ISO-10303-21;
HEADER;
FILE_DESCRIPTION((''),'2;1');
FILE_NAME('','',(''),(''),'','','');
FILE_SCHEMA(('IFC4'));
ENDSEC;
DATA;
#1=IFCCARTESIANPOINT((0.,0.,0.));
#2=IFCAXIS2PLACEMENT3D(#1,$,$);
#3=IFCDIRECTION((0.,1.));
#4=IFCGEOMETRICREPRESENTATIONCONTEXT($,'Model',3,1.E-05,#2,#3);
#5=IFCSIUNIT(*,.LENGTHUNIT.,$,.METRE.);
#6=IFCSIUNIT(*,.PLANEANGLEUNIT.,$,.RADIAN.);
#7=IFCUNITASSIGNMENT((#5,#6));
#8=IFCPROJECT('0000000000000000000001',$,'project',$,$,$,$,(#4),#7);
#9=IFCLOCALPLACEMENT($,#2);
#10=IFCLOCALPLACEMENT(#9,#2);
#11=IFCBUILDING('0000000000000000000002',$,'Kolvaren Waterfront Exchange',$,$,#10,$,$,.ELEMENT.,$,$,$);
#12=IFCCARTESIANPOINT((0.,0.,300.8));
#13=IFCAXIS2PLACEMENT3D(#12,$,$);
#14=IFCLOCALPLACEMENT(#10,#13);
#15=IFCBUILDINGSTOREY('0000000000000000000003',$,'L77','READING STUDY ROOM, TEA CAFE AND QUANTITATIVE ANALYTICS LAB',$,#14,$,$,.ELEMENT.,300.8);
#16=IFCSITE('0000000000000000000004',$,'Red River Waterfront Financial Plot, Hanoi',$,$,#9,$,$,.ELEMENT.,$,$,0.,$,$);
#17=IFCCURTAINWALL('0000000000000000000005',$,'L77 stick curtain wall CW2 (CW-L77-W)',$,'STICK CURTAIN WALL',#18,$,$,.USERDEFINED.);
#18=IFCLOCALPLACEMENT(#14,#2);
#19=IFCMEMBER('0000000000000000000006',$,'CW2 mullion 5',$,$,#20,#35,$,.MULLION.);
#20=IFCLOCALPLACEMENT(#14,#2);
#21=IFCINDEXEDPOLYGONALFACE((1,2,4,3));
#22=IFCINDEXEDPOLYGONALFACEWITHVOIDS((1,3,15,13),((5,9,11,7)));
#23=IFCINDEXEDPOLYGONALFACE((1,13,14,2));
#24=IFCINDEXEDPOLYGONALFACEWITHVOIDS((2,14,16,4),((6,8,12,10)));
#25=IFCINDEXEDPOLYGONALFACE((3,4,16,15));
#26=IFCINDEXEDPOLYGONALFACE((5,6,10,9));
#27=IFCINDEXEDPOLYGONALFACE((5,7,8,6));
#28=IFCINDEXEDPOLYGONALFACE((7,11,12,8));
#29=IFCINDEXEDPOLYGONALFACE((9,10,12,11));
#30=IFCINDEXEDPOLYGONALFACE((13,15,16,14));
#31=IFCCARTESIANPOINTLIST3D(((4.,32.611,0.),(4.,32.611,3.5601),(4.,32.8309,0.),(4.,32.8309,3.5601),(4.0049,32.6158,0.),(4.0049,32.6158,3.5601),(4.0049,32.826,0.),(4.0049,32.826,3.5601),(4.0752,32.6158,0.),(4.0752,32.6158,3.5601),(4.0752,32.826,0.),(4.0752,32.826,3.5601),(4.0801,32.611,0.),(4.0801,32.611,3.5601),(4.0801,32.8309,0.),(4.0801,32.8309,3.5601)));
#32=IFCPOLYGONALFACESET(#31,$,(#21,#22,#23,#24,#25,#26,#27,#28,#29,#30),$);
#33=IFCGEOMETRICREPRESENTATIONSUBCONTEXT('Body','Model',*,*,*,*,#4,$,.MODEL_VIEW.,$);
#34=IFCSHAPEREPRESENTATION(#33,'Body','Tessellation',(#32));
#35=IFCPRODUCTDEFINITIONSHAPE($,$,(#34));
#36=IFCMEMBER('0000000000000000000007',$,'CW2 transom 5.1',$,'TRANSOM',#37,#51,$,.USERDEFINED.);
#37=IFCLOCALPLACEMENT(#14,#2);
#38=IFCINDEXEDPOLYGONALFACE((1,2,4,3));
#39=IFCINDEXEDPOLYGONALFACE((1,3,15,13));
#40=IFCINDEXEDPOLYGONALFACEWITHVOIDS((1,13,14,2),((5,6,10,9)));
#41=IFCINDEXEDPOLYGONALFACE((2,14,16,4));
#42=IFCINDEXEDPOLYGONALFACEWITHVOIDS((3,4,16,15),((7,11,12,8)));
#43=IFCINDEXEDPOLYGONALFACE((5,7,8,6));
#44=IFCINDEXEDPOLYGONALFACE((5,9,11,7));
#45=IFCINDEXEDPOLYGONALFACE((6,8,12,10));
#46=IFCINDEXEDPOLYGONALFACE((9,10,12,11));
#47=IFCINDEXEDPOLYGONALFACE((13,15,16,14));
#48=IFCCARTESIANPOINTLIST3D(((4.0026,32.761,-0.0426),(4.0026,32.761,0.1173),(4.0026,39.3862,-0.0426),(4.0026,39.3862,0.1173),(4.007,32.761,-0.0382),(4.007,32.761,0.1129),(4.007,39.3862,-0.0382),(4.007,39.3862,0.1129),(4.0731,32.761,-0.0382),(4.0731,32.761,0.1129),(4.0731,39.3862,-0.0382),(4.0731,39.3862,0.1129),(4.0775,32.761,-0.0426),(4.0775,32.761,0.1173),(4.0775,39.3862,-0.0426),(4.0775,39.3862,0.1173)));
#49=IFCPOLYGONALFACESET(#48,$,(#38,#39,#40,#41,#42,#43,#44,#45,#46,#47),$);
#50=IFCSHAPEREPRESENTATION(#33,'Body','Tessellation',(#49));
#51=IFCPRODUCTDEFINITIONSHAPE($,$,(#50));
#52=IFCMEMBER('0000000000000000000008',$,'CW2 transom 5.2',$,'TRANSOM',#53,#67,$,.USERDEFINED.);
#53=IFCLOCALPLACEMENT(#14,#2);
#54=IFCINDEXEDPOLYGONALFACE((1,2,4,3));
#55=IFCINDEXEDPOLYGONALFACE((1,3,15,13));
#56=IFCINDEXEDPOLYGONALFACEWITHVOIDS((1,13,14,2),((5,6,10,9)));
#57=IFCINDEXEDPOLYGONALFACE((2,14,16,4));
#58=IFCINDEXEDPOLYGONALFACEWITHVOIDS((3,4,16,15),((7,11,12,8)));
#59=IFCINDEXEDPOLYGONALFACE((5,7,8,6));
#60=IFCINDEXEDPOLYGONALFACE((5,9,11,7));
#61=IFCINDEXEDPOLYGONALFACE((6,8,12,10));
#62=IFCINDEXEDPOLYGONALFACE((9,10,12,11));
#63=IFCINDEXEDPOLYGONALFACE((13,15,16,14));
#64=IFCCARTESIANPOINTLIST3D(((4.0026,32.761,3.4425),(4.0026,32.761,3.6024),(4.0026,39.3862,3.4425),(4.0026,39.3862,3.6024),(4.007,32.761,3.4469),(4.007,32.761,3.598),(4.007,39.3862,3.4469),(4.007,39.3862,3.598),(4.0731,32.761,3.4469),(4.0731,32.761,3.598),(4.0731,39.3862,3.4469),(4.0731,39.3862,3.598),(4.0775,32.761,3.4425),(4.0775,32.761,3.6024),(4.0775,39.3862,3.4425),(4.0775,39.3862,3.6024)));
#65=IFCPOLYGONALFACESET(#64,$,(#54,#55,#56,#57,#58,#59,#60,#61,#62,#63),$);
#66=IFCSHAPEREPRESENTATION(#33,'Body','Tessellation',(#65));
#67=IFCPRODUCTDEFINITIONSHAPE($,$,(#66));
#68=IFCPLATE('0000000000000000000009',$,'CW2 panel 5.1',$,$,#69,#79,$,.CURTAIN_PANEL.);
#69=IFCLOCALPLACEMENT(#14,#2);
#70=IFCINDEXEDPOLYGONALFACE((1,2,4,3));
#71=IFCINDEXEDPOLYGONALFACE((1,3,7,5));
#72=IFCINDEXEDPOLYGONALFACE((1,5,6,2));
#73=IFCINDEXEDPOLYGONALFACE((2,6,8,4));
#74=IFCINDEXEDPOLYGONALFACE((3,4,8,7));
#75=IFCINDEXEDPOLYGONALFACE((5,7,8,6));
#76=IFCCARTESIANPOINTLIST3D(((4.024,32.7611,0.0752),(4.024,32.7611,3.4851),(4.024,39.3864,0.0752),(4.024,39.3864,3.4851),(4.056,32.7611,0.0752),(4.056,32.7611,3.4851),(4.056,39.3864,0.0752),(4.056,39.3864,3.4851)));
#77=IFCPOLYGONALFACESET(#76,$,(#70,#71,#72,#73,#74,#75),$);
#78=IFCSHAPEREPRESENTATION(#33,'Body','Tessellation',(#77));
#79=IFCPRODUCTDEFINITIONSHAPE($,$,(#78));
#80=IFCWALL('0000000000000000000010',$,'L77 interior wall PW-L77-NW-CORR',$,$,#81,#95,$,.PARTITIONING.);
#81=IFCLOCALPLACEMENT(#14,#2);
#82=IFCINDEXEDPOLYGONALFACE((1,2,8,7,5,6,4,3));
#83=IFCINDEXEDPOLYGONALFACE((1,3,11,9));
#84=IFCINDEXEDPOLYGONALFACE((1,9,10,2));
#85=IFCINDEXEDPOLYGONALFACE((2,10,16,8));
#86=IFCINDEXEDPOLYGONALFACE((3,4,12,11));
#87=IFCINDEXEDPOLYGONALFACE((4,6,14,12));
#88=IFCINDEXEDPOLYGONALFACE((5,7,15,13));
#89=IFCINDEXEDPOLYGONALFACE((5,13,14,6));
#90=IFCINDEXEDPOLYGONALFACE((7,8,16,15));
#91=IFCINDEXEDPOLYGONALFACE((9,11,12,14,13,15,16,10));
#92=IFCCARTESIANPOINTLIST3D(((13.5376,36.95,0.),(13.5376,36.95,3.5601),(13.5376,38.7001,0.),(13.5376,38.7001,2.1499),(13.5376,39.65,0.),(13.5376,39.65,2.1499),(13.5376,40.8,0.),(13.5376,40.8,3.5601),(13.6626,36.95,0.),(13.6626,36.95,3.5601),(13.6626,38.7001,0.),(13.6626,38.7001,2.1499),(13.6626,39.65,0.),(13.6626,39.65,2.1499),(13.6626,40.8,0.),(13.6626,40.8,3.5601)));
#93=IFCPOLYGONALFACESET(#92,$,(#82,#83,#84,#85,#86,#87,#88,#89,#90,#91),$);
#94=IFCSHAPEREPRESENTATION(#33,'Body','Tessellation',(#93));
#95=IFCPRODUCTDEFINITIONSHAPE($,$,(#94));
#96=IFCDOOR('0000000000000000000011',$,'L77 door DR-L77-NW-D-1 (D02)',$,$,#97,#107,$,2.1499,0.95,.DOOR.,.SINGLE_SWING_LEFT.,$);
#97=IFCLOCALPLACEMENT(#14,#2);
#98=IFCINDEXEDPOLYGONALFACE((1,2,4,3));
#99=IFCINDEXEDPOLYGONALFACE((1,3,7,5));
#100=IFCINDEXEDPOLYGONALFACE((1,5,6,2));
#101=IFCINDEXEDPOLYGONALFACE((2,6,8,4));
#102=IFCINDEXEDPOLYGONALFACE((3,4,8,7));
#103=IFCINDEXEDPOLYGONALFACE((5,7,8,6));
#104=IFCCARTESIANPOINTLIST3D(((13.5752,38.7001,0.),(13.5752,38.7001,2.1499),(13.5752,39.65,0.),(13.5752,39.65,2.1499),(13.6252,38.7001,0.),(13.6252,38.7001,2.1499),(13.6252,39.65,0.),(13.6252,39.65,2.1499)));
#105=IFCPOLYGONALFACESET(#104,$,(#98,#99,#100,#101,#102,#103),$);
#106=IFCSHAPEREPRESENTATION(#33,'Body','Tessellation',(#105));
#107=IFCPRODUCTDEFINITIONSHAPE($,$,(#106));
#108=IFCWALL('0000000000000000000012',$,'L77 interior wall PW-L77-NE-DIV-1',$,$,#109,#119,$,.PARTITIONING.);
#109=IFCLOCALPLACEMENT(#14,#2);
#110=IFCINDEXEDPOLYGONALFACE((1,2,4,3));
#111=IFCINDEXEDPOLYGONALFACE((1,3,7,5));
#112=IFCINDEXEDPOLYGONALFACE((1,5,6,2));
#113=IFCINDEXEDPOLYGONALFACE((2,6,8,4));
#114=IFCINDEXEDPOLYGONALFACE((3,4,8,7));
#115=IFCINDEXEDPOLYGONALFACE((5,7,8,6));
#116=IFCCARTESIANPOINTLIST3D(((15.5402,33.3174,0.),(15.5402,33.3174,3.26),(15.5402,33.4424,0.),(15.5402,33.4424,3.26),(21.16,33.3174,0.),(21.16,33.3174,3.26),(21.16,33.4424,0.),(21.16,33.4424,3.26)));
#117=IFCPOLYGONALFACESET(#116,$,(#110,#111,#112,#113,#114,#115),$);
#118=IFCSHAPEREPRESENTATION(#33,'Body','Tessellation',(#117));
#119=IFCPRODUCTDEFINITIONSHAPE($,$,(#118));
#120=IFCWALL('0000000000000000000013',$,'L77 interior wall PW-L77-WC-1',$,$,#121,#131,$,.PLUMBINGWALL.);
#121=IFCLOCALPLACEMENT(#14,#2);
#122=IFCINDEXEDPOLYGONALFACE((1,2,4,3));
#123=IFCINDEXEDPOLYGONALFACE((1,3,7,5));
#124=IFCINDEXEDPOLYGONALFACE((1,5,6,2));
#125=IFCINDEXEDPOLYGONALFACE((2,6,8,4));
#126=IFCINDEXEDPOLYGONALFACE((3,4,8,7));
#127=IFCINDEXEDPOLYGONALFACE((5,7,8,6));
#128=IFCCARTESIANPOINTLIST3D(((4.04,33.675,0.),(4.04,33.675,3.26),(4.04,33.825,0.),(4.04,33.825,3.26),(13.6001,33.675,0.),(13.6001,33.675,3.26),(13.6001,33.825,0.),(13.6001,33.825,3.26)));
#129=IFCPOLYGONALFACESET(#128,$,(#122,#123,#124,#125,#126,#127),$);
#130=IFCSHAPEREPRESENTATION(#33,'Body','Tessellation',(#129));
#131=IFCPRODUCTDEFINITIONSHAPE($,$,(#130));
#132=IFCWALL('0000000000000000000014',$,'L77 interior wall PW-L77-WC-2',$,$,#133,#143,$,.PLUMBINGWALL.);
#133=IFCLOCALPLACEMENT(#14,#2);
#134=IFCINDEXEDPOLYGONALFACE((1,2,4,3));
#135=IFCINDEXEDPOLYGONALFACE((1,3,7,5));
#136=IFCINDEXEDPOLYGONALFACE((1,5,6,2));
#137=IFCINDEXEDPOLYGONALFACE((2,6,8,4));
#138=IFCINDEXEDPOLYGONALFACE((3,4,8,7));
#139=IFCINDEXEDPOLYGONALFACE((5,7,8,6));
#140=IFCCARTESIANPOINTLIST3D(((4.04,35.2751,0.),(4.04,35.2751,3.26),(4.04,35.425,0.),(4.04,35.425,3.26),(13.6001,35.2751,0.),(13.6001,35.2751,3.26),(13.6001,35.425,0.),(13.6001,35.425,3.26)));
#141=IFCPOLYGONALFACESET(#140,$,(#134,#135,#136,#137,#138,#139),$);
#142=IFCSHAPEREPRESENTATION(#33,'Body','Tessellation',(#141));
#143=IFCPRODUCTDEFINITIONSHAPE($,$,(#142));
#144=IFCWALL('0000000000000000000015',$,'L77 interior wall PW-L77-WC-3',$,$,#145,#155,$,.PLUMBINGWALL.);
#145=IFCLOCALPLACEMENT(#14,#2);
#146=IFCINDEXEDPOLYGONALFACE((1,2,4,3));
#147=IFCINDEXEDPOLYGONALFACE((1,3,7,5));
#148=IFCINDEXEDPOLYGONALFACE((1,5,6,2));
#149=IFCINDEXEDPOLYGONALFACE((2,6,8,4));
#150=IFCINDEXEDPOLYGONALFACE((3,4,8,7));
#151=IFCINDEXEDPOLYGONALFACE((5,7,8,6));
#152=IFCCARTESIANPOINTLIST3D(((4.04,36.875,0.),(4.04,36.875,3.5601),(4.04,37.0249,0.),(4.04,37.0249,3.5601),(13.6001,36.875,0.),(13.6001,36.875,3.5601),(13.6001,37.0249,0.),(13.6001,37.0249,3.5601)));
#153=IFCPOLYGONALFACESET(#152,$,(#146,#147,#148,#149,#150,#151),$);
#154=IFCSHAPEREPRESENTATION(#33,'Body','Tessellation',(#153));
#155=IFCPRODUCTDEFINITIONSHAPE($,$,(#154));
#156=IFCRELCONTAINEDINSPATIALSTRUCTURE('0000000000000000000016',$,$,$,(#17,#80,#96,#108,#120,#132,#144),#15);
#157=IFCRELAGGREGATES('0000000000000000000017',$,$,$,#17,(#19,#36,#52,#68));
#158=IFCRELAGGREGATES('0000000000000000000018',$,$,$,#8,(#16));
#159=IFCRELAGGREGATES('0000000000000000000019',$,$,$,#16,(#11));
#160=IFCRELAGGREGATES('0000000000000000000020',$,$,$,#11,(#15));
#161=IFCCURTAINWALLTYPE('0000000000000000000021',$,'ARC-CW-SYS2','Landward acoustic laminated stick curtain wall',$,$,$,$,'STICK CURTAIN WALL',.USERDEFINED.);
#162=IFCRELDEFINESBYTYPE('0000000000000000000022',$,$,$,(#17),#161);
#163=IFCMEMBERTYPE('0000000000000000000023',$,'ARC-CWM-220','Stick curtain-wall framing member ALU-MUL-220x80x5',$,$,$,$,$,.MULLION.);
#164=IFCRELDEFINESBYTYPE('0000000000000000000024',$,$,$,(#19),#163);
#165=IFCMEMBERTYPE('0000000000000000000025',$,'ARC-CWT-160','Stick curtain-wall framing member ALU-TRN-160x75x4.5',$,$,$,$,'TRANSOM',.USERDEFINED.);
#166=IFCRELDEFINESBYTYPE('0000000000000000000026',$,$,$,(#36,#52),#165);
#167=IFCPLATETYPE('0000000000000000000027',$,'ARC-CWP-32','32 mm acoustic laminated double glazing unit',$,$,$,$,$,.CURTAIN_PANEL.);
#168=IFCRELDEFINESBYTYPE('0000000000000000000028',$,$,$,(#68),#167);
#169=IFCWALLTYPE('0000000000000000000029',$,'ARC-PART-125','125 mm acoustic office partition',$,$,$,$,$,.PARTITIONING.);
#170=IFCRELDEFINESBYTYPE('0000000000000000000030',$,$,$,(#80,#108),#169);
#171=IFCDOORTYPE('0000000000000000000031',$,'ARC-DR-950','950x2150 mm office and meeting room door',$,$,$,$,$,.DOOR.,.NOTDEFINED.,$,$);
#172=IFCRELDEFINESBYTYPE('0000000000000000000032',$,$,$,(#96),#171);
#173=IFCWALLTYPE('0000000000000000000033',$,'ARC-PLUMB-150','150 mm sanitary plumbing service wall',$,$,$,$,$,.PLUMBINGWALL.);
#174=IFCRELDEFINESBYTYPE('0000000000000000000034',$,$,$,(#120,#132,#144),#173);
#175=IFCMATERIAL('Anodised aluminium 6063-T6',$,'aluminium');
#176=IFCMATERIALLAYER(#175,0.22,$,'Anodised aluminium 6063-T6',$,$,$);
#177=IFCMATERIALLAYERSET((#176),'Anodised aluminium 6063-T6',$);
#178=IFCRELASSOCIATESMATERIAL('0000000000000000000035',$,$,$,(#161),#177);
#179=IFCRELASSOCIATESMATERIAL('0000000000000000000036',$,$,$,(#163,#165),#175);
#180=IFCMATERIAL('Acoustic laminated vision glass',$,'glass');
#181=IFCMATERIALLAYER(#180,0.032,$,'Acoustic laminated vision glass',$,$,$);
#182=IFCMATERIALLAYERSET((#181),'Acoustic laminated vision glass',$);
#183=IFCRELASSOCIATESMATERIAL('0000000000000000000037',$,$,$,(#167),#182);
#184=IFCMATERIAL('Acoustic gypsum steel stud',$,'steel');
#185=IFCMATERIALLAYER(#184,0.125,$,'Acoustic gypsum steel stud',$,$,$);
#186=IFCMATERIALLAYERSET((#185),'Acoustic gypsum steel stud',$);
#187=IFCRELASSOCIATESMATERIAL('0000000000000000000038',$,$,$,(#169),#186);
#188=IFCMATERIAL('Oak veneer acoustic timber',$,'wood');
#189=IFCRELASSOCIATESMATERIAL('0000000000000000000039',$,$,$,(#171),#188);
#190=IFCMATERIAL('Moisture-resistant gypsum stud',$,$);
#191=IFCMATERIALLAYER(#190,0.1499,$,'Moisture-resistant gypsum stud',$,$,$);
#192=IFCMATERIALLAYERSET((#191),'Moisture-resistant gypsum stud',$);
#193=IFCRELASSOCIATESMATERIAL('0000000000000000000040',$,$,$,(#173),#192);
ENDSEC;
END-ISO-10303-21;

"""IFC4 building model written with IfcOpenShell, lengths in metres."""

from ifc_helpers import new_model, si_unit, direction, frame, frame_2d, origin, origin_with_axes, origin_2d, place, context, subcontext, project, spatial, rectangle, hollow_rectangle, extrude, source, transform, mapped, material, layer, layer_set, material_profile, profile_set, type_object, element, fill, aggregate, save


model = new_model("IFC4")

# Units and contexts
model_context = context("Model", 3, precision=1e-05, world=origin(), true_north=direction((0.0, 1.0)))
body_context = subcontext(model_context, "Body", "Model", "MODEL_VIEW")
ifc_project = project(units=[si_unit("LENGTHUNIT", "METRE"), si_unit("PLANEANGLEUNIT", "RADIAN")], contexts=[model_context])

# Site, building, storey
site_placement = place(None, origin())
site = spatial("IfcSite", under=ifc_project, at=site_placement, Name="Red River Waterfront Financial Plot, Hanoi", CompositionType="ELEMENT", RefElevation=0.0)
building_placement = place(site_placement, origin())
building = spatial("IfcBuilding", under=site, at=building_placement, Name="Kolvaren Waterfront Exchange", CompositionType="ELEMENT")
storey_placement = place(building_placement, frame((0.0, 0.0, 300.8)))
storey = spatial("IfcBuildingStorey", under=building, at=storey_placement, Name="L77", Description="READING STUDY ROOM, TEA CAFE AND QUANTITATIVE ANALYTICS LAB", CompositionType="ELEMENT", Elevation=300.8)

# Curtain wall, members, plate
ifc_material_1 = material(Name="Anodised aluminium 6063-T6", Category="aluminium")
ifc_layer_1 = layer(ifc_material_1, 0.22, Name="Anodised aluminium 6063-T6")
ifc_layer_set_1 = layer_set([ifc_layer_1], Name="Anodised aluminium 6063-T6")
curtain_wall_type = type_object("IfcCurtainWallType", Name="ARC-CW-SYS2", Description="Landward acoustic laminated stick curtain wall", ElementType="STICK CURTAIN WALL", PredefinedType="USERDEFINED", material=ifc_layer_set_1)
curtain_wall_placement = place(storey_placement, origin())
curtain_wall = element("IfcCurtainWall", 1, at=curtain_wall_placement, inside=storey, type_object=curtain_wall_type, Name="L77 stick curtain wall CW2 (CW-L77-W)", ObjectType="STICK CURTAIN WALL", PredefinedType="USERDEFINED")
ifc_material_profile_1 = material_profile(ifc_material_1, hollow_rectangle(XDim=0.0801, YDim=0.22, WallThickness=0.0049, at=origin_2d()), Name="ALU-MUL-220x80x5")
ifc_profile_set_1 = profile_set([ifc_material_profile_1], Name="Anodised aluminium 6063-T6")
member_type_1 = type_object("IfcMemberType", Name="ARC-CWM-220", Description="Stick curtain-wall framing member ALU-MUL-220x80x5", PredefinedType="MULLION", material=ifc_profile_set_1)
shared_shape_1 = source(origin_with_axes(), body_context, "Body", "SweptSolid", [
    extrude(hollow_rectangle(XDim=0.0801, YDim=0.22, WallThickness=0.0049, at=origin_2d()), origin(), (0.0, 0.0, 1.0), 3.5601),
])
member_1_placement = place(storey_placement, frame((4.04, 32.7209, 0.0), z_axis=(0.0, 0.0, 1.0), x_axis=(-1.0, 0.0, 0.0)))
member_1 = element("IfcMember", 2, at=member_1_placement, type_object=member_type_1, Name="CW2 mullion 5", PredefinedType="MULLION", context=body_context, shape_type="MappedRepresentation", body=[
    mapped(shared_shape_1, transform((0.0, 0.0, 0.0), x_axis=(1.0, 0.0, 0.0), y_axis=(0.0, 1.0, 0.0), z_axis=(0.0, 0.0, 1.0), scale=1.0)),
])
ifc_material_profile_2 = material_profile(ifc_material_1, hollow_rectangle(XDim=0.075, YDim=0.1599, WallThickness=0.0044, at=origin_2d()), Name="ALU-TRN-160x75x4.5")
ifc_profile_set_2 = profile_set([ifc_material_profile_2], Name="Anodised aluminium 6063-T6")
member_type_2 = type_object("IfcMemberType", Name="ARC-CWT-160", Description="Stick curtain-wall framing member ALU-TRN-160x75x4.5", ElementType="TRANSOM", PredefinedType="USERDEFINED", material=ifc_profile_set_2)
shared_shape_2 = source(origin_with_axes(), body_context, "Body", "SweptSolid", [
    extrude(hollow_rectangle(XDim=0.075, YDim=0.1599, WallThickness=0.0044, at=origin_2d()), origin(), (0.0, 0.0, 1.0), 6.6252),
])
member_2_placement = place(storey_placement, frame((4.04, 32.761, 0.0374), z_axis=(0.0, 1.0, 0.0), x_axis=(-1.0, 0.0, 0.0)))
member_2 = element("IfcMember", 3, at=member_2_placement, type_object=member_type_2, Name="CW2 transom 5.1", ObjectType="TRANSOM", PredefinedType="USERDEFINED", context=body_context, shape_type="MappedRepresentation", body=[
    mapped(shared_shape_2, transform((0.0, 0.0, 0.0), x_axis=(1.0, 0.0, 0.0), y_axis=(0.0, 1.0, 0.0), z_axis=(0.0, 0.0, 1.0), scale=1.0)),
])
member_3_placement = place(storey_placement, frame((4.04, 32.761, 3.5225), z_axis=(0.0, 1.0, 0.0), x_axis=(-1.0, 0.0, 0.0)))
member_3 = element("IfcMember", 4, at=member_3_placement, type_object=member_type_2, Name="CW2 transom 5.2", ObjectType="TRANSOM", PredefinedType="USERDEFINED", context=body_context, shape_type="MappedRepresentation", body=[
    mapped(shared_shape_2, transform((0.0, 0.0, 0.0), x_axis=(1.0, 0.0, 0.0), y_axis=(0.0, 1.0, 0.0), z_axis=(0.0, 0.0, 1.0), scale=1.0)),
])
ifc_material_2 = material(Name="Acoustic laminated vision glass", Category="glass")
ifc_layer_2 = layer(ifc_material_2, 0.032, Name="Acoustic laminated vision glass")
ifc_layer_set_2 = layer_set([ifc_layer_2], Name="Acoustic laminated vision glass")
plate_type = type_object("IfcPlateType", Name="ARC-CWP-32", Description="32 mm acoustic laminated double glazing unit", PredefinedType="CURTAIN_PANEL", material=ifc_layer_set_2)
shared_shape_3 = source(origin_with_axes(), body_context, "Body", "SweptSolid", [
    extrude(rectangle(XDim=6.6252, YDim=0.032, at=origin_2d()), origin(), (0.0, 0.0, 1.0), 3.4099),
])
plate_placement = place(storey_placement, frame((4.04, 36.0737, 0.0752), z_axis=(0.0, 0.0, 1.0), x_axis=(0.0, 1.0, 0.0)))
plate = element("IfcPlate", 5, at=plate_placement, type_object=plate_type, Name="CW2 panel 5.1", PredefinedType="CURTAIN_PANEL", context=body_context, shape_type="MappedRepresentation", body=[
    mapped(shared_shape_3, transform((0.0, 0.0, 0.0), x_axis=(1.0, 0.0, 0.0), y_axis=(0.0, 1.0, 0.0), z_axis=(0.0, 0.0, 1.0), scale=1.0)),
])
aggregate(curtain_wall, [member_1, member_2, member_3, plate])

# Wall, opening, door
ifc_material_3 = material(Name="Acoustic gypsum steel stud", Category="steel")
ifc_layer_3 = layer(ifc_material_3, 0.125, Name="Acoustic gypsum steel stud")
ifc_layer_set_3 = layer_set([ifc_layer_3], Name="Acoustic gypsum steel stud")
wall_type_1 = type_object("IfcWallType", Name="ARC-PART-125", Description="125 mm acoustic office partition", PredefinedType="PARTITIONING", material=ifc_layer_set_3)
wall_1_placement = place(storey_placement, frame((13.6001, 36.95, 0.0), z_axis=(0.0, 0.0, 1.0), x_axis=(0.0, 1.0, 0.0)))
wall_1 = element("IfcWall", 6, at=wall_1_placement, inside=storey, type_object=wall_type_1, Name="L77 interior wall PW-L77-NW-CORR", PredefinedType="PARTITIONING", context=body_context, shape_type="SweptSolid", body=[
    extrude(rectangle(XDim=3.8501, YDim=0.125, at=frame_2d((1.925, 0.0))), origin(), (0.0, 0.0, 1.0), 3.5601),
])
opening_placement = place(wall_1_placement, frame((1.75, 0.0, 0.0)))
opening = element("IfcOpeningElement", 7, at=opening_placement, cuts=wall_1, PredefinedType="OPENING", context=body_context, shape_type="SweptSolid", body=[
    extrude(rectangle(XDim=0.95, YDim=2.1499, at=frame_2d((0.4751, 1.075))), frame((0.0, 0.0725, 0.0), z_axis=(0.0, -1.0, 0.0), x_axis=(1.0, 0.0, 0.0)), (0.0, 0.0, 1.0), 0.145),
])
ifc_material_4 = material(Name="Oak veneer acoustic timber", Category="wood")
door_type = type_object("IfcDoorType", Name="ARC-DR-950", Description="950x2150 mm office and meeting room door", OperationType="NOTDEFINED", PredefinedType="DOOR", material=ifc_material_4)
door_placement = place(opening_placement, origin())
door = element("IfcDoor", 8, at=door_placement, inside=storey, type_object=door_type, Name="L77 door DR-L77-NW-D-1 (D02)", OperationType="SINGLE_SWING_LEFT", OverallHeight=2.1499, OverallWidth=0.95, PredefinedType="DOOR", context=body_context, shape_type="SweptSolid", body=[
    extrude(rectangle(XDim=0.95, YDim=2.1499, at=frame_2d((0.4751, 1.075))), frame((0.0, 0.0249, 0.0), z_axis=(0.0, -1.0, 0.0), x_axis=(1.0, 0.0, 0.0)), (0.0, 0.0, 1.0), 0.05),
])
fill(opening, door)

# Walls
wall_2_placement = place(storey_placement, frame((15.54, 33.3799, 0.0), z_axis=(0.0, 0.0, 1.0), x_axis=(1.0, 0.0, 0.0)))
element("IfcWall", 9, at=wall_2_placement, inside=storey, type_object=wall_type_1, Name="L77 interior wall PW-L77-NE-DIV-1", PredefinedType="PARTITIONING", context=body_context, shape_type="SweptSolid", body=[
    extrude(rectangle(XDim=5.6199, YDim=0.125, at=frame_2d((2.8101, 0.0))), origin(), (0.0, 0.0, 1.0), 3.26),
])
ifc_material_5 = material(Name="Moisture-resistant gypsum stud")
ifc_layer_4 = layer(ifc_material_5, 0.1499, Name="Moisture-resistant gypsum stud")
ifc_layer_set_4 = layer_set([ifc_layer_4], Name="Moisture-resistant gypsum stud")
wall_type_2 = type_object("IfcWallType", Name="ARC-PLUMB-150", Description="150 mm sanitary plumbing service wall", PredefinedType="PLUMBINGWALL", material=ifc_layer_set_4)
for number, where, z_axis, x_axis, name in (
    (10, (4.04, 33.75, 0.0), (0.0, 0.0, 1.0), (1.0, 0.0, 0.0), "L77 interior wall PW-L77-WC-1"),
    (11, (4.04, 35.3501, 0.0), (0.0, 0.0, 1.0), (1.0, 0.0, 0.0), "L77 interior wall PW-L77-WC-2"),
):
    element("IfcWall", number, at=place(storey_placement, frame(where, z_axis=z_axis, x_axis=x_axis)), inside=storey, type_object=wall_type_2, Name=name, PredefinedType="PLUMBINGWALL", context=body_context, shape_type="SweptSolid", body=[
        extrude(rectangle(XDim=9.5601, YDim=0.1499, at=frame_2d((4.78, 0.0))), origin(), (0.0, 0.0, 1.0), 3.26),
    ])
wall_3_placement = place(storey_placement, frame((4.04, 36.95, 0.0), z_axis=(0.0, 0.0, 1.0), x_axis=(1.0, 0.0, 0.0)))
element("IfcWall", 12, at=wall_3_placement, inside=storey, type_object=wall_type_2, Name="L77 interior wall PW-L77-WC-3", PredefinedType="PLUMBINGWALL", context=body_context, shape_type="SweptSolid", body=[
    extrude(rectangle(XDim=9.5601, YDim=0.1499, at=frame_2d((4.78, 0.0))), origin(), (0.0, 0.0, 1.0), 3.5601),
])

save(model, "model.ifc")
